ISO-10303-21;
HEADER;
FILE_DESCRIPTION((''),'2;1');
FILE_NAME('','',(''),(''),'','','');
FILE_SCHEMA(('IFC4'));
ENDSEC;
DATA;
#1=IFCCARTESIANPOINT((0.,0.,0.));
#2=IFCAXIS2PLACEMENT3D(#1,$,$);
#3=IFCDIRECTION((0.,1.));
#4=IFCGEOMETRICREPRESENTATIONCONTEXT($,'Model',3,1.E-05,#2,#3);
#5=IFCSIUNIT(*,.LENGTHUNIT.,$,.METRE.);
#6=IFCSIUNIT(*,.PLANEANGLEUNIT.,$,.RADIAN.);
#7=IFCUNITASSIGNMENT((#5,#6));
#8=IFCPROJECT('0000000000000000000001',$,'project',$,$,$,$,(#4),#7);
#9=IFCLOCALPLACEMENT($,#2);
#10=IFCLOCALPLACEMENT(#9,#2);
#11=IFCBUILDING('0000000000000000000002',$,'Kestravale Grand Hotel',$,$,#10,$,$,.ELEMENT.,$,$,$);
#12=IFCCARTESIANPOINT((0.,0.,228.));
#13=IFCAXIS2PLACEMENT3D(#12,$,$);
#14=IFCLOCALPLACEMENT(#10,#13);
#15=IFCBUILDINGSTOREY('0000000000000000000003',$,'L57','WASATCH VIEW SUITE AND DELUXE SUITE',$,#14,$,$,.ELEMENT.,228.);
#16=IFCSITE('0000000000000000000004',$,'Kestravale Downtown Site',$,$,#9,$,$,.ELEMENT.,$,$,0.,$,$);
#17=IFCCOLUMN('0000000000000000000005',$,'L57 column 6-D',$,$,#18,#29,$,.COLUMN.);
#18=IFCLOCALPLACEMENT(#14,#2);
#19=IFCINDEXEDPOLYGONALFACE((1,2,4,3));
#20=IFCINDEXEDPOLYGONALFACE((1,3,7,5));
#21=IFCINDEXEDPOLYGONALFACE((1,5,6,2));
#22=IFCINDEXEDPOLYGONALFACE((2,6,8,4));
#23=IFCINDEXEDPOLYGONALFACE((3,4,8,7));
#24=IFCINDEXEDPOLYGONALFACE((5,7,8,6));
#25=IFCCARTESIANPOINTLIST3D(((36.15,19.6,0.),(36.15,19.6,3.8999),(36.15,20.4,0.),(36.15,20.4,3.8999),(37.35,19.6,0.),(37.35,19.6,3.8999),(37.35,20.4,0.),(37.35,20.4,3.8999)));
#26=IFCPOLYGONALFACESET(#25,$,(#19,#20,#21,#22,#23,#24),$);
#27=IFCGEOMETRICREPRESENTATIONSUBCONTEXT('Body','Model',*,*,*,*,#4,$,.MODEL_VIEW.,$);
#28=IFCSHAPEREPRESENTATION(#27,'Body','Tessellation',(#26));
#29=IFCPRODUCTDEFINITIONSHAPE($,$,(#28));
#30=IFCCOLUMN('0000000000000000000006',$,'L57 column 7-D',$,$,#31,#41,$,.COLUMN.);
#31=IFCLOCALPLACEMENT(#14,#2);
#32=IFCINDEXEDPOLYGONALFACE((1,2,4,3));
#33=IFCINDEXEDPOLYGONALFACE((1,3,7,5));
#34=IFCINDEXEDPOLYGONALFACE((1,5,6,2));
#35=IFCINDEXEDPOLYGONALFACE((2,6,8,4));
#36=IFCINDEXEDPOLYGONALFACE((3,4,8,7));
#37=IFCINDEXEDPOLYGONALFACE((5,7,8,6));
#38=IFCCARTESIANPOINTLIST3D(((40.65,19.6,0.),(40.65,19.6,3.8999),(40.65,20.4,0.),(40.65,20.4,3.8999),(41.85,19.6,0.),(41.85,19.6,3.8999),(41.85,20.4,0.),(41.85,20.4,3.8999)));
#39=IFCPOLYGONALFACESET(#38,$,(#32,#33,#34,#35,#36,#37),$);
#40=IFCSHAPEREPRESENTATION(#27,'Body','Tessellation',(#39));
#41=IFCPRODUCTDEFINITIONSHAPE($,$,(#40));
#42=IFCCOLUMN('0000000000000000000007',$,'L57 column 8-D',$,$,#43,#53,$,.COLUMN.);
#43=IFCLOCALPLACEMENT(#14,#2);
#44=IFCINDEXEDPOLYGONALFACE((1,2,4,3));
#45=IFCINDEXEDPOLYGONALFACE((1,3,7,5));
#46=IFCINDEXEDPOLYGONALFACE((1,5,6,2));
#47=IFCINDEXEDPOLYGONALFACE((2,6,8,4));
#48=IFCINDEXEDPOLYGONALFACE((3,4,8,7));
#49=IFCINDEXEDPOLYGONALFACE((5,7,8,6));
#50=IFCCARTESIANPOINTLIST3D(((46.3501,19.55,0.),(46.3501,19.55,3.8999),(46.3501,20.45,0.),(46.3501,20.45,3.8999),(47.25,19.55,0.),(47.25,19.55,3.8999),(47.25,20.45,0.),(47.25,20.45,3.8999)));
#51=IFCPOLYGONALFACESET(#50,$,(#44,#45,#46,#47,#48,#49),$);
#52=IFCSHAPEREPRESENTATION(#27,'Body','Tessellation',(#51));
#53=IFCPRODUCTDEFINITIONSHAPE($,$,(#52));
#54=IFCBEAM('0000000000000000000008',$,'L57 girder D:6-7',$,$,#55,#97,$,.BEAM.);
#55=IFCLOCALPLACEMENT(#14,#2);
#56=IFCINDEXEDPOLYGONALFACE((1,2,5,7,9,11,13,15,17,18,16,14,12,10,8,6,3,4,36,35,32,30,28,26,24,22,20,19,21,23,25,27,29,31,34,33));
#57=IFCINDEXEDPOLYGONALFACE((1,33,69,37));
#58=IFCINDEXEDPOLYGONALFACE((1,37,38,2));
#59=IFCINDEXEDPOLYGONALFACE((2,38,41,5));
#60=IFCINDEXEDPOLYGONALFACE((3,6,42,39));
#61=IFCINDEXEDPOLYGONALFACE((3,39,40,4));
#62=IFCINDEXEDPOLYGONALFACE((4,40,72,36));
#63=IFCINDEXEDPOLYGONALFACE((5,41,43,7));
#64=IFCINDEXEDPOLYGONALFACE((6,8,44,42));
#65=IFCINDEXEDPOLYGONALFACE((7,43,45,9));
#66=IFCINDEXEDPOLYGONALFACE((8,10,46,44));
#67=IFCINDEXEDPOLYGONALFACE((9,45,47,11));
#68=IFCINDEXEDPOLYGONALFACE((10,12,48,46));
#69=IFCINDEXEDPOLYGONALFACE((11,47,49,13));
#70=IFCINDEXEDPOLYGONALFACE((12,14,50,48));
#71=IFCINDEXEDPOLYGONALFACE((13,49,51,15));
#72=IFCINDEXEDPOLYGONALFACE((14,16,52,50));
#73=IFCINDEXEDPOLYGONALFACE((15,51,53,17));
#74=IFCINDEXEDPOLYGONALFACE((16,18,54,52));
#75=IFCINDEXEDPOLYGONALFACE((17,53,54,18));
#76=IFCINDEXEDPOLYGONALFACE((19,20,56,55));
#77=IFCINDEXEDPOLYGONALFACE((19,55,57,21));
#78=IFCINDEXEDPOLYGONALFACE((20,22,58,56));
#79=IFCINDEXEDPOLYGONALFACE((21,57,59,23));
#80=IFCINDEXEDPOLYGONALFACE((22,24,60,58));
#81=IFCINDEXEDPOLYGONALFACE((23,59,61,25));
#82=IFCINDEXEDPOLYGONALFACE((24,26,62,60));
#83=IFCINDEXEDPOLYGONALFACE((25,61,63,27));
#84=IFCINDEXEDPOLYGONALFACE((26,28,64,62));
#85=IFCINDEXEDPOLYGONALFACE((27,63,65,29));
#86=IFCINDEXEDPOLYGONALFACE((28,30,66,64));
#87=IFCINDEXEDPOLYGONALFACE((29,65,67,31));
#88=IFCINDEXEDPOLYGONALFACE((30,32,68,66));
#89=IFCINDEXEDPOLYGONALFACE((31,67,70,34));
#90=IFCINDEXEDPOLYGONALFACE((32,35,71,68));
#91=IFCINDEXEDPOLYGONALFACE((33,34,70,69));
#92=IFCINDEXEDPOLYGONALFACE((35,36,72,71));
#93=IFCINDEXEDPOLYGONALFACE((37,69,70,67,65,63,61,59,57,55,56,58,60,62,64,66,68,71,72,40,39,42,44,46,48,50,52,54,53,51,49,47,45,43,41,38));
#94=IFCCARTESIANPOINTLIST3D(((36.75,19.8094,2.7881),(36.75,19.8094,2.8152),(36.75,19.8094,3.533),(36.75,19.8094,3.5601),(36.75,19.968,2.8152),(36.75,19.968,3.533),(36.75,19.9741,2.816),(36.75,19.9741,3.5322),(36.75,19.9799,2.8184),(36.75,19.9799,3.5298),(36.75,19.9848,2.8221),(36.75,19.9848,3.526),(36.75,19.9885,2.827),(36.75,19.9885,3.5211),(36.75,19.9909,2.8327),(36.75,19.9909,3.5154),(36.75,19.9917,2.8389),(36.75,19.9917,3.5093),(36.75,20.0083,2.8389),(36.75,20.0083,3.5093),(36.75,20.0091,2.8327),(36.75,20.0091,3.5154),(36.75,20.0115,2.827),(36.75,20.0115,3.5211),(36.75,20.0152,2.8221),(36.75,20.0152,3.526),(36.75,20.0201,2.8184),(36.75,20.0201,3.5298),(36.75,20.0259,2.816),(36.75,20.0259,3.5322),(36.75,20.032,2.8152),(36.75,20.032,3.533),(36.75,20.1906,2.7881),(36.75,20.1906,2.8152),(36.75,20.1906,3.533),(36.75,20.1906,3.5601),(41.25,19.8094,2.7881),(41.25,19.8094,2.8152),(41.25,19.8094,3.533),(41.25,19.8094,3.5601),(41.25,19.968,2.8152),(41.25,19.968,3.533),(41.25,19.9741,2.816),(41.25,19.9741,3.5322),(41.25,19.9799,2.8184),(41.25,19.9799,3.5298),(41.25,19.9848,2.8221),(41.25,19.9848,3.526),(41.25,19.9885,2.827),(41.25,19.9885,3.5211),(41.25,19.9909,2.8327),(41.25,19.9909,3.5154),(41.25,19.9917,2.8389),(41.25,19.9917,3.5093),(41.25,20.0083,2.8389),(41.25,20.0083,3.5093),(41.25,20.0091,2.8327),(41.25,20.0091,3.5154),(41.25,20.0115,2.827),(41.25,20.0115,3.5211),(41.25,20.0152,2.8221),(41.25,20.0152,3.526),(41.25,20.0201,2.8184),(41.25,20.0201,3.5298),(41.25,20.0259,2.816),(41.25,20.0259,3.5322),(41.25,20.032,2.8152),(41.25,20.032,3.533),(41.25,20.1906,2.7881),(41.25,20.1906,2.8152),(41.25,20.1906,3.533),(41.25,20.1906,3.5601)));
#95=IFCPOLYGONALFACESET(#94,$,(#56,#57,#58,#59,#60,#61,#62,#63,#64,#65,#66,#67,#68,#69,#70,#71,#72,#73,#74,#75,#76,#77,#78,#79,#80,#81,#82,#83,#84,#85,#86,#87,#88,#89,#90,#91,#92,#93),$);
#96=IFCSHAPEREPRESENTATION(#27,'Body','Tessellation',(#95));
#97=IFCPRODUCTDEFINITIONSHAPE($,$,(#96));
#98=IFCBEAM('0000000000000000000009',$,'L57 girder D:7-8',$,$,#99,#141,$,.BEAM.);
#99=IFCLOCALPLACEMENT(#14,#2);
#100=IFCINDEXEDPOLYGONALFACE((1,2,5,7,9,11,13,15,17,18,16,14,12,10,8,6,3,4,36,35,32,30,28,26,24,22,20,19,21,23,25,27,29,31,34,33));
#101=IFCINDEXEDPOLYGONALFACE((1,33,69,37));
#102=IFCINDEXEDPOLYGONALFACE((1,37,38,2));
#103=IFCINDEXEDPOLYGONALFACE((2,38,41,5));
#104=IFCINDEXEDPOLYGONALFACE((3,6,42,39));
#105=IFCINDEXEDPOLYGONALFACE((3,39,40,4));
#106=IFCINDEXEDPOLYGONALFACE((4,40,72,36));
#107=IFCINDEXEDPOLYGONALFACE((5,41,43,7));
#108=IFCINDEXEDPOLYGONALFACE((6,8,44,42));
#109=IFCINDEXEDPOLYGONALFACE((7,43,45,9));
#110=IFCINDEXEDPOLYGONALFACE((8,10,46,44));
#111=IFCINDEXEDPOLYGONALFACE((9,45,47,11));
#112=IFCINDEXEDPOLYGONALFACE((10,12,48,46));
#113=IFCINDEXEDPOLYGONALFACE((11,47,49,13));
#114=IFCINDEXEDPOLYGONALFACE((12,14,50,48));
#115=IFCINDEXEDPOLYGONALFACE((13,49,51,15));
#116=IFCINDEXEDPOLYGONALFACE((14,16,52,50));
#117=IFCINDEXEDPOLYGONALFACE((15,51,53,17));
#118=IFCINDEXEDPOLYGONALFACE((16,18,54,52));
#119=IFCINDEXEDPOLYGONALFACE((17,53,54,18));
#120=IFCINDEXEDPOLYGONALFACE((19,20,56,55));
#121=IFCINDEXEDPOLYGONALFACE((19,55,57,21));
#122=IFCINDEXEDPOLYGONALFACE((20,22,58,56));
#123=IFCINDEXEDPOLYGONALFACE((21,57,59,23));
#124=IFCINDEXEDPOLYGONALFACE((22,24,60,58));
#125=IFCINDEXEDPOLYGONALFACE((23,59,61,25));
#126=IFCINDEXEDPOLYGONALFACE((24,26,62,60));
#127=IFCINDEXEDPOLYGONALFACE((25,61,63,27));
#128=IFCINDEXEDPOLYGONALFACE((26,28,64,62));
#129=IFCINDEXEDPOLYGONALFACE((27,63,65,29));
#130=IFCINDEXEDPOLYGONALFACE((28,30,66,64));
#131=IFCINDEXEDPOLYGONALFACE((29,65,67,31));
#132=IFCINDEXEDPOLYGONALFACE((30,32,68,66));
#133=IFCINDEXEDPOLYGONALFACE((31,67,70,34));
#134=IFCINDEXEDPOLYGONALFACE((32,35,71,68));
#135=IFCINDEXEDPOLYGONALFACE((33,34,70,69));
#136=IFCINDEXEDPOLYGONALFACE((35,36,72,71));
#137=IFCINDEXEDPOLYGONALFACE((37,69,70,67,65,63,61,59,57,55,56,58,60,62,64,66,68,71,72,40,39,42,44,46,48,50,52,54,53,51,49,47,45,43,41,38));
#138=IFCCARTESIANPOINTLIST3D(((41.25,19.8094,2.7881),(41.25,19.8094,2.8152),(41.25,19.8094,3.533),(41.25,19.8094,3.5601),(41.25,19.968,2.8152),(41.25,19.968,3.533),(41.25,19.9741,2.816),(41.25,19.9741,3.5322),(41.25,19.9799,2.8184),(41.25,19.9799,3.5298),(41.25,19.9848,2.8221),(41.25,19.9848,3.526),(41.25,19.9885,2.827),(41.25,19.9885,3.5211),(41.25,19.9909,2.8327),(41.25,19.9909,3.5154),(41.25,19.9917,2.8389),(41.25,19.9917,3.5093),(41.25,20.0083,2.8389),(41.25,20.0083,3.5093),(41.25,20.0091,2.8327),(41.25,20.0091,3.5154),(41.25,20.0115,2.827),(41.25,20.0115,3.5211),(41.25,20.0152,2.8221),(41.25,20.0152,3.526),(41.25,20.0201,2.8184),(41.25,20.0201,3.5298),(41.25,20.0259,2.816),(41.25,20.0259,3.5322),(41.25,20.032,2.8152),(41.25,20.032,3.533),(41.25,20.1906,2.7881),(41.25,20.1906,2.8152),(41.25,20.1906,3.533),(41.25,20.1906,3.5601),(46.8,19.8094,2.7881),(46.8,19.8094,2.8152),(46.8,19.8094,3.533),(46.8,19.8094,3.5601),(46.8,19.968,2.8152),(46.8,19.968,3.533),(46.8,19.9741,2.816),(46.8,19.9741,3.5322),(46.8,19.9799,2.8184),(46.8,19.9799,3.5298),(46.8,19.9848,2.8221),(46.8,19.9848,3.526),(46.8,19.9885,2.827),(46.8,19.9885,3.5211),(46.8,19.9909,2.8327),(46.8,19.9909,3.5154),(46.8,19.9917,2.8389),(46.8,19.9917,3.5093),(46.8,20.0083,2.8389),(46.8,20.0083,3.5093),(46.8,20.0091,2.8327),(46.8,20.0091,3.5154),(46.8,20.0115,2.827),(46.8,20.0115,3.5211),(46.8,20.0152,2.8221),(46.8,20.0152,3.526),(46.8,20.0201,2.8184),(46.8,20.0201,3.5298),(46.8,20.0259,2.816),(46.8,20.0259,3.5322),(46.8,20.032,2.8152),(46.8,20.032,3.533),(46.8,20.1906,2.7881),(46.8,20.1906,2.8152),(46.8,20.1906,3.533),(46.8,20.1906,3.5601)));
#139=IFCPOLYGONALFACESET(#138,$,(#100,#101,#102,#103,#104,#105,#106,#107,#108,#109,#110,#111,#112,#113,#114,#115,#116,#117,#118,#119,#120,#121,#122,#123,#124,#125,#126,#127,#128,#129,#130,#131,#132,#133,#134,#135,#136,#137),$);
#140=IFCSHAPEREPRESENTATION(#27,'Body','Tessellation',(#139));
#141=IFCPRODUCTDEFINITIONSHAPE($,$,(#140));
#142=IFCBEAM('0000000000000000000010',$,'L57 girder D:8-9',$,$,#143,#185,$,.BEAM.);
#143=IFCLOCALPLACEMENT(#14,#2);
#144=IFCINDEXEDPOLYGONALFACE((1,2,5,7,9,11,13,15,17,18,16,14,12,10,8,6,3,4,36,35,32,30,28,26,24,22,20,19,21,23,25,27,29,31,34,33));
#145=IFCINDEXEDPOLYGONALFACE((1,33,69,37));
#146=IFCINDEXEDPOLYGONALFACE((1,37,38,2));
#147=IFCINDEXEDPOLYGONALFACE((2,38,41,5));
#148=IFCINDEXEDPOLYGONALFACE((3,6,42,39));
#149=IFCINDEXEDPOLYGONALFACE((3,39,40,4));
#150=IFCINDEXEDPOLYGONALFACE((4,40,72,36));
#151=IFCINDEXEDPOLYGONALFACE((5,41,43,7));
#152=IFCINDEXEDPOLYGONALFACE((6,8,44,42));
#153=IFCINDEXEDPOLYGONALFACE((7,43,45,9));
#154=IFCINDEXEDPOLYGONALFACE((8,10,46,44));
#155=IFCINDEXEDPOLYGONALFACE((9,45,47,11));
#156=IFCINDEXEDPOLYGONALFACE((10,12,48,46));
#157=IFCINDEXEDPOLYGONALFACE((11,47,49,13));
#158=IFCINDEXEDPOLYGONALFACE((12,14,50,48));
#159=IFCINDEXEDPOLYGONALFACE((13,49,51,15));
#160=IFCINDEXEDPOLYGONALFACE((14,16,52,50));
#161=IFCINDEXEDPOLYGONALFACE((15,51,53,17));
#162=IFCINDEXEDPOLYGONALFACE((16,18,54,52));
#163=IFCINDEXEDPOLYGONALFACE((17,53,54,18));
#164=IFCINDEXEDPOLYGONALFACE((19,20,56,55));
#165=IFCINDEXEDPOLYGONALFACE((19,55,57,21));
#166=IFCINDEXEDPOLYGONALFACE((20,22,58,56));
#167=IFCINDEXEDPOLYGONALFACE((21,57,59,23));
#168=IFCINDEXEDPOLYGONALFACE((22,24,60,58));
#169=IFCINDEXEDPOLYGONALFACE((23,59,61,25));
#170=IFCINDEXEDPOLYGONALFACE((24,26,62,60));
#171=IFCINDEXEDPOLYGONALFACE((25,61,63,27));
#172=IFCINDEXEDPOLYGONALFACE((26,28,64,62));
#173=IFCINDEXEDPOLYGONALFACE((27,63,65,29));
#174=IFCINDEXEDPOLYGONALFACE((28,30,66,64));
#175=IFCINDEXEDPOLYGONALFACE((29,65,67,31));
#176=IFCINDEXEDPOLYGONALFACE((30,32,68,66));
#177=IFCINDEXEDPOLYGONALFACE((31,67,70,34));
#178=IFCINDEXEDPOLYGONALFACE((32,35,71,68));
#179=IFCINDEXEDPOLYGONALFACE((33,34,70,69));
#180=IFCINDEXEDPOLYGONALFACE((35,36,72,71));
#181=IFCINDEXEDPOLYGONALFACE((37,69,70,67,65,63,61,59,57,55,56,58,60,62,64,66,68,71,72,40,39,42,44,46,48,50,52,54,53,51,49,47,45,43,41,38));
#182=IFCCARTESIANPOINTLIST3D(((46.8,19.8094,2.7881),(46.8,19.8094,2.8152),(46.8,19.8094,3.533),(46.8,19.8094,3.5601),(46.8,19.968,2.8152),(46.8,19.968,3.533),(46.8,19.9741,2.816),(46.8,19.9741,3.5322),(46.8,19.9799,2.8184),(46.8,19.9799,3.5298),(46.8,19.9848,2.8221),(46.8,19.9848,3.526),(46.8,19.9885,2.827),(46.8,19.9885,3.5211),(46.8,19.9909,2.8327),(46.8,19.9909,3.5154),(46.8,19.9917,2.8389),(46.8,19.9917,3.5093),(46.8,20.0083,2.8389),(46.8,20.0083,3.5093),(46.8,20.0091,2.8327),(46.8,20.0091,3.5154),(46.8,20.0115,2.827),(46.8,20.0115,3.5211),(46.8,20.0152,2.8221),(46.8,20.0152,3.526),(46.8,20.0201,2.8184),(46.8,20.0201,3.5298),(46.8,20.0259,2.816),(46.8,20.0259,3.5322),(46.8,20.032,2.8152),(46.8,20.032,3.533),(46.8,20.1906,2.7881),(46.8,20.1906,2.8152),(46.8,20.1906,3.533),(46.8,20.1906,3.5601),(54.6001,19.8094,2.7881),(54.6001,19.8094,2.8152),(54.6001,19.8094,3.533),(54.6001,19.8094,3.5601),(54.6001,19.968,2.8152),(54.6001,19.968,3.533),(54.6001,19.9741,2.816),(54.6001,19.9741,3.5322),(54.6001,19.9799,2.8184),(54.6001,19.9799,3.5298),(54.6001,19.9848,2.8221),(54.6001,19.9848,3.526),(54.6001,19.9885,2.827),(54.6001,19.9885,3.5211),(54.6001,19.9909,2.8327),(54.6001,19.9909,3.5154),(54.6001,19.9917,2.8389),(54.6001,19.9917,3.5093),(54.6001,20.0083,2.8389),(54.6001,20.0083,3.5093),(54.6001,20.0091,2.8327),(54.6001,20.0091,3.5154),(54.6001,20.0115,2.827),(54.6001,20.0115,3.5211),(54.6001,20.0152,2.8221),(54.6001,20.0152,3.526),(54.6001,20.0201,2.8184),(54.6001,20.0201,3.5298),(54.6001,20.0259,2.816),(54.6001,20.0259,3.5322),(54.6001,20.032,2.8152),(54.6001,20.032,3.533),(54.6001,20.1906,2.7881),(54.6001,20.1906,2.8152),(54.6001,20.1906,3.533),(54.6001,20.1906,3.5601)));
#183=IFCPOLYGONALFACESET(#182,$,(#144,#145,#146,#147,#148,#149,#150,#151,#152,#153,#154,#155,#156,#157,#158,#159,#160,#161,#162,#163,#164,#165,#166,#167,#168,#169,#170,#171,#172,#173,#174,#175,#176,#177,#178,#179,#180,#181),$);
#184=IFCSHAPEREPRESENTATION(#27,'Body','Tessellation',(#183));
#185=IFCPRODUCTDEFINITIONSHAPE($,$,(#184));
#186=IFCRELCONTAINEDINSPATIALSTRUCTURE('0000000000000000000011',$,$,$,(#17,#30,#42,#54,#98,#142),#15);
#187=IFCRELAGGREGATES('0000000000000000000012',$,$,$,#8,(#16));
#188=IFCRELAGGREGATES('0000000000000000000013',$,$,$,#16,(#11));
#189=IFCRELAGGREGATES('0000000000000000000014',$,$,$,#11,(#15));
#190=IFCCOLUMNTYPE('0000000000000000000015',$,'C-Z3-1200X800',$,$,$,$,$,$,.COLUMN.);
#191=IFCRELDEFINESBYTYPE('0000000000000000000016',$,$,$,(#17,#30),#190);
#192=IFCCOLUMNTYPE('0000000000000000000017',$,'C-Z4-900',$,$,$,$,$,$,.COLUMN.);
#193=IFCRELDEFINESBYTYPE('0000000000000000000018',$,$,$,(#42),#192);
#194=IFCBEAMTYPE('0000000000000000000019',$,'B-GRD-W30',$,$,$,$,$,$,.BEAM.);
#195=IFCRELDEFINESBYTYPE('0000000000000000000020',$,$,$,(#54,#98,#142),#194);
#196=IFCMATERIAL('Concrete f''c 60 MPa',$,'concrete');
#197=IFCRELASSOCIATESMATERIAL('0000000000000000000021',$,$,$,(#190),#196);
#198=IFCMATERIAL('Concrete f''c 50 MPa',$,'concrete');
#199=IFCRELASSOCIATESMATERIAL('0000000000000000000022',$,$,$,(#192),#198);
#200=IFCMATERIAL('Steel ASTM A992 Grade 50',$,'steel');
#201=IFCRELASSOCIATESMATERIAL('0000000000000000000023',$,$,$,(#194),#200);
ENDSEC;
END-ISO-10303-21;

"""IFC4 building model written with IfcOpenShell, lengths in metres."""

from ifc_helpers import new_model, si_unit, direction, frame, origin, origin_2d, place, context, subcontext, project, spatial, rectangle, i_section, extrude, material, material_profile, profile_set, type_object, element, save


model = new_model("IFC4")

# Units and contexts
model_context = context("Model", 3, precision=1e-05, world=origin(), true_north=direction((0.0, 1.0)))
body_context = subcontext(model_context, "Body", "Model", "MODEL_VIEW")
ifc_project = project(units=[si_unit("LENGTHUNIT", "METRE"), si_unit("PLANEANGLEUNIT", "RADIAN")], contexts=[model_context])

# Site, building, storey
site_placement = place(None, origin())
site = spatial("IfcSite", under=ifc_project, at=site_placement, Name="Kestravale Downtown Site", CompositionType="ELEMENT", RefElevation=0.0)
building_placement = place(site_placement, origin())
building = spatial("IfcBuilding", under=site, at=building_placement, Name="Kestravale Grand Hotel", CompositionType="ELEMENT")
storey_placement = place(building_placement, frame((0.0, 0.0, 228.0)))
storey = spatial("IfcBuildingStorey", under=building, at=storey_placement, Name="L57", Description="WASATCH VIEW SUITE AND DELUXE SUITE", CompositionType="ELEMENT", Elevation=228.0)

# Columns
ifc_material_1 = material(Name="Concrete f'c 60 MPa", Category="concrete")
ifc_material_profile_1 = material_profile(ifc_material_1, rectangle(XDim=1.2, YDim=0.8, at=origin_2d()))
ifc_profile_set_1 = profile_set([ifc_material_profile_1], Name="Concrete f'c 60 MPa")
column_type_1 = type_object("IfcColumnType", Name="C-Z3-1200X800", PredefinedType="COLUMN", material=ifc_profile_set_1)
for number, where, z_axis, x_axis, name in (
    (1, (36.75, 20.0, 0.0), (0.0, 0.0, 1.0), (1.0, 0.0, 0.0), "L57 column 6-D"),
    (2, (41.25, 20.0, 0.0), (0.0, 0.0, 1.0), (1.0, 0.0, 0.0), "L57 column 7-D"),
):
    element("IfcColumn", number, at=place(storey_placement, frame(where, z_axis=z_axis, x_axis=x_axis)), inside=storey, type_object=column_type_1, Name=name, PredefinedType="COLUMN", context=body_context, shape_type="SweptSolid", body=[
        extrude(rectangle(XDim=1.2, YDim=0.8, at=origin_2d()), origin(), (0.0, 0.0, 1.0), 3.8999),
    ])
ifc_material_2 = material(Name="Concrete f'c 50 MPa", Category="concrete")
ifc_material_profile_2 = material_profile(ifc_material_2, rectangle(XDim=0.8999, YDim=0.8999, at=origin_2d()))
ifc_profile_set_2 = profile_set([ifc_material_profile_2], Name="Concrete f'c 50 MPa")
column_type_2 = type_object("IfcColumnType", Name="C-Z4-900", PredefinedType="COLUMN", material=ifc_profile_set_2)
column_placement = place(storey_placement, frame((46.8, 20.0, 0.0), z_axis=(0.0, 0.0, 1.0), x_axis=(1.0, 0.0, 0.0)))
element("IfcColumn", 3, at=column_placement, inside=storey, type_object=column_type_2, Name="L57 column 8-D", PredefinedType="COLUMN", context=body_context, shape_type="SweptSolid", body=[
    extrude(rectangle(XDim=0.8999, YDim=0.8999, at=origin_2d()), origin(), (0.0, 0.0, 1.0), 3.8999),
])

# Beams
ifc_material_3 = material(Name="Steel ASTM A992 Grade 50", Category="steel")
ifc_material_profile_3 = material_profile(ifc_material_3, i_section(OverallWidth=0.3811, OverallDepth=0.772, WebThickness=0.0166, FlangeThickness=0.0271, FilletRadius=0.0237, at=origin_2d()))
ifc_profile_set_3 = profile_set([ifc_material_profile_3], Name="Steel ASTM A992 Grade 50")
beam_type = type_object("IfcBeamType", Name="B-GRD-W30", PredefinedType="BEAM", material=ifc_profile_set_3)
beam_1_placement = place(storey_placement, frame((36.75, 20.0, 3.1741), z_axis=(1.0, 0.0, 0.0), x_axis=(0.0, 1.0, 0.0)))
element("IfcBeam", 4, at=beam_1_placement, inside=storey, type_object=beam_type, Name="L57 girder D:6-7", PredefinedType="BEAM", context=body_context, shape_type="SweptSolid", body=[
    extrude(i_section(OverallWidth=0.3811, OverallDepth=0.772, WebThickness=0.0166, FlangeThickness=0.0271, FilletRadius=0.0237, at=origin_2d()), origin(), (0.0, 0.0, 1.0), 4.5),
])
beam_2_placement = place(storey_placement, frame((41.25, 20.0, 3.1741), z_axis=(1.0, 0.0, 0.0), x_axis=(0.0, 1.0, 0.0)))
element("IfcBeam", 5, at=beam_2_placement, inside=storey, type_object=beam_type, Name="L57 girder D:7-8", PredefinedType="BEAM", context=body_context, shape_type="SweptSolid", body=[
    extrude(i_section(OverallWidth=0.3811, OverallDepth=0.772, WebThickness=0.0166, FlangeThickness=0.0271, FilletRadius=0.0237, at=origin_2d()), origin(), (0.0, 0.0, 1.0), 5.55),
])
beam_3_placement = place(storey_placement, frame((46.8, 20.0, 3.1741), z_axis=(1.0, 0.0, 0.0), x_axis=(0.0, 1.0, 0.0)))
element("IfcBeam", 6, at=beam_3_placement, inside=storey, type_object=beam_type, Name="L57 girder D:8-9", PredefinedType="BEAM", context=body_context, shape_type="SweptSolid", body=[
    extrude(i_section(OverallWidth=0.3811, OverallDepth=0.772, WebThickness=0.0166, FlangeThickness=0.0271, FilletRadius=0.0237, at=origin_2d()), origin(), (0.0, 0.0, 1.0), 7.8),
])

save(model, "model.ifc")
